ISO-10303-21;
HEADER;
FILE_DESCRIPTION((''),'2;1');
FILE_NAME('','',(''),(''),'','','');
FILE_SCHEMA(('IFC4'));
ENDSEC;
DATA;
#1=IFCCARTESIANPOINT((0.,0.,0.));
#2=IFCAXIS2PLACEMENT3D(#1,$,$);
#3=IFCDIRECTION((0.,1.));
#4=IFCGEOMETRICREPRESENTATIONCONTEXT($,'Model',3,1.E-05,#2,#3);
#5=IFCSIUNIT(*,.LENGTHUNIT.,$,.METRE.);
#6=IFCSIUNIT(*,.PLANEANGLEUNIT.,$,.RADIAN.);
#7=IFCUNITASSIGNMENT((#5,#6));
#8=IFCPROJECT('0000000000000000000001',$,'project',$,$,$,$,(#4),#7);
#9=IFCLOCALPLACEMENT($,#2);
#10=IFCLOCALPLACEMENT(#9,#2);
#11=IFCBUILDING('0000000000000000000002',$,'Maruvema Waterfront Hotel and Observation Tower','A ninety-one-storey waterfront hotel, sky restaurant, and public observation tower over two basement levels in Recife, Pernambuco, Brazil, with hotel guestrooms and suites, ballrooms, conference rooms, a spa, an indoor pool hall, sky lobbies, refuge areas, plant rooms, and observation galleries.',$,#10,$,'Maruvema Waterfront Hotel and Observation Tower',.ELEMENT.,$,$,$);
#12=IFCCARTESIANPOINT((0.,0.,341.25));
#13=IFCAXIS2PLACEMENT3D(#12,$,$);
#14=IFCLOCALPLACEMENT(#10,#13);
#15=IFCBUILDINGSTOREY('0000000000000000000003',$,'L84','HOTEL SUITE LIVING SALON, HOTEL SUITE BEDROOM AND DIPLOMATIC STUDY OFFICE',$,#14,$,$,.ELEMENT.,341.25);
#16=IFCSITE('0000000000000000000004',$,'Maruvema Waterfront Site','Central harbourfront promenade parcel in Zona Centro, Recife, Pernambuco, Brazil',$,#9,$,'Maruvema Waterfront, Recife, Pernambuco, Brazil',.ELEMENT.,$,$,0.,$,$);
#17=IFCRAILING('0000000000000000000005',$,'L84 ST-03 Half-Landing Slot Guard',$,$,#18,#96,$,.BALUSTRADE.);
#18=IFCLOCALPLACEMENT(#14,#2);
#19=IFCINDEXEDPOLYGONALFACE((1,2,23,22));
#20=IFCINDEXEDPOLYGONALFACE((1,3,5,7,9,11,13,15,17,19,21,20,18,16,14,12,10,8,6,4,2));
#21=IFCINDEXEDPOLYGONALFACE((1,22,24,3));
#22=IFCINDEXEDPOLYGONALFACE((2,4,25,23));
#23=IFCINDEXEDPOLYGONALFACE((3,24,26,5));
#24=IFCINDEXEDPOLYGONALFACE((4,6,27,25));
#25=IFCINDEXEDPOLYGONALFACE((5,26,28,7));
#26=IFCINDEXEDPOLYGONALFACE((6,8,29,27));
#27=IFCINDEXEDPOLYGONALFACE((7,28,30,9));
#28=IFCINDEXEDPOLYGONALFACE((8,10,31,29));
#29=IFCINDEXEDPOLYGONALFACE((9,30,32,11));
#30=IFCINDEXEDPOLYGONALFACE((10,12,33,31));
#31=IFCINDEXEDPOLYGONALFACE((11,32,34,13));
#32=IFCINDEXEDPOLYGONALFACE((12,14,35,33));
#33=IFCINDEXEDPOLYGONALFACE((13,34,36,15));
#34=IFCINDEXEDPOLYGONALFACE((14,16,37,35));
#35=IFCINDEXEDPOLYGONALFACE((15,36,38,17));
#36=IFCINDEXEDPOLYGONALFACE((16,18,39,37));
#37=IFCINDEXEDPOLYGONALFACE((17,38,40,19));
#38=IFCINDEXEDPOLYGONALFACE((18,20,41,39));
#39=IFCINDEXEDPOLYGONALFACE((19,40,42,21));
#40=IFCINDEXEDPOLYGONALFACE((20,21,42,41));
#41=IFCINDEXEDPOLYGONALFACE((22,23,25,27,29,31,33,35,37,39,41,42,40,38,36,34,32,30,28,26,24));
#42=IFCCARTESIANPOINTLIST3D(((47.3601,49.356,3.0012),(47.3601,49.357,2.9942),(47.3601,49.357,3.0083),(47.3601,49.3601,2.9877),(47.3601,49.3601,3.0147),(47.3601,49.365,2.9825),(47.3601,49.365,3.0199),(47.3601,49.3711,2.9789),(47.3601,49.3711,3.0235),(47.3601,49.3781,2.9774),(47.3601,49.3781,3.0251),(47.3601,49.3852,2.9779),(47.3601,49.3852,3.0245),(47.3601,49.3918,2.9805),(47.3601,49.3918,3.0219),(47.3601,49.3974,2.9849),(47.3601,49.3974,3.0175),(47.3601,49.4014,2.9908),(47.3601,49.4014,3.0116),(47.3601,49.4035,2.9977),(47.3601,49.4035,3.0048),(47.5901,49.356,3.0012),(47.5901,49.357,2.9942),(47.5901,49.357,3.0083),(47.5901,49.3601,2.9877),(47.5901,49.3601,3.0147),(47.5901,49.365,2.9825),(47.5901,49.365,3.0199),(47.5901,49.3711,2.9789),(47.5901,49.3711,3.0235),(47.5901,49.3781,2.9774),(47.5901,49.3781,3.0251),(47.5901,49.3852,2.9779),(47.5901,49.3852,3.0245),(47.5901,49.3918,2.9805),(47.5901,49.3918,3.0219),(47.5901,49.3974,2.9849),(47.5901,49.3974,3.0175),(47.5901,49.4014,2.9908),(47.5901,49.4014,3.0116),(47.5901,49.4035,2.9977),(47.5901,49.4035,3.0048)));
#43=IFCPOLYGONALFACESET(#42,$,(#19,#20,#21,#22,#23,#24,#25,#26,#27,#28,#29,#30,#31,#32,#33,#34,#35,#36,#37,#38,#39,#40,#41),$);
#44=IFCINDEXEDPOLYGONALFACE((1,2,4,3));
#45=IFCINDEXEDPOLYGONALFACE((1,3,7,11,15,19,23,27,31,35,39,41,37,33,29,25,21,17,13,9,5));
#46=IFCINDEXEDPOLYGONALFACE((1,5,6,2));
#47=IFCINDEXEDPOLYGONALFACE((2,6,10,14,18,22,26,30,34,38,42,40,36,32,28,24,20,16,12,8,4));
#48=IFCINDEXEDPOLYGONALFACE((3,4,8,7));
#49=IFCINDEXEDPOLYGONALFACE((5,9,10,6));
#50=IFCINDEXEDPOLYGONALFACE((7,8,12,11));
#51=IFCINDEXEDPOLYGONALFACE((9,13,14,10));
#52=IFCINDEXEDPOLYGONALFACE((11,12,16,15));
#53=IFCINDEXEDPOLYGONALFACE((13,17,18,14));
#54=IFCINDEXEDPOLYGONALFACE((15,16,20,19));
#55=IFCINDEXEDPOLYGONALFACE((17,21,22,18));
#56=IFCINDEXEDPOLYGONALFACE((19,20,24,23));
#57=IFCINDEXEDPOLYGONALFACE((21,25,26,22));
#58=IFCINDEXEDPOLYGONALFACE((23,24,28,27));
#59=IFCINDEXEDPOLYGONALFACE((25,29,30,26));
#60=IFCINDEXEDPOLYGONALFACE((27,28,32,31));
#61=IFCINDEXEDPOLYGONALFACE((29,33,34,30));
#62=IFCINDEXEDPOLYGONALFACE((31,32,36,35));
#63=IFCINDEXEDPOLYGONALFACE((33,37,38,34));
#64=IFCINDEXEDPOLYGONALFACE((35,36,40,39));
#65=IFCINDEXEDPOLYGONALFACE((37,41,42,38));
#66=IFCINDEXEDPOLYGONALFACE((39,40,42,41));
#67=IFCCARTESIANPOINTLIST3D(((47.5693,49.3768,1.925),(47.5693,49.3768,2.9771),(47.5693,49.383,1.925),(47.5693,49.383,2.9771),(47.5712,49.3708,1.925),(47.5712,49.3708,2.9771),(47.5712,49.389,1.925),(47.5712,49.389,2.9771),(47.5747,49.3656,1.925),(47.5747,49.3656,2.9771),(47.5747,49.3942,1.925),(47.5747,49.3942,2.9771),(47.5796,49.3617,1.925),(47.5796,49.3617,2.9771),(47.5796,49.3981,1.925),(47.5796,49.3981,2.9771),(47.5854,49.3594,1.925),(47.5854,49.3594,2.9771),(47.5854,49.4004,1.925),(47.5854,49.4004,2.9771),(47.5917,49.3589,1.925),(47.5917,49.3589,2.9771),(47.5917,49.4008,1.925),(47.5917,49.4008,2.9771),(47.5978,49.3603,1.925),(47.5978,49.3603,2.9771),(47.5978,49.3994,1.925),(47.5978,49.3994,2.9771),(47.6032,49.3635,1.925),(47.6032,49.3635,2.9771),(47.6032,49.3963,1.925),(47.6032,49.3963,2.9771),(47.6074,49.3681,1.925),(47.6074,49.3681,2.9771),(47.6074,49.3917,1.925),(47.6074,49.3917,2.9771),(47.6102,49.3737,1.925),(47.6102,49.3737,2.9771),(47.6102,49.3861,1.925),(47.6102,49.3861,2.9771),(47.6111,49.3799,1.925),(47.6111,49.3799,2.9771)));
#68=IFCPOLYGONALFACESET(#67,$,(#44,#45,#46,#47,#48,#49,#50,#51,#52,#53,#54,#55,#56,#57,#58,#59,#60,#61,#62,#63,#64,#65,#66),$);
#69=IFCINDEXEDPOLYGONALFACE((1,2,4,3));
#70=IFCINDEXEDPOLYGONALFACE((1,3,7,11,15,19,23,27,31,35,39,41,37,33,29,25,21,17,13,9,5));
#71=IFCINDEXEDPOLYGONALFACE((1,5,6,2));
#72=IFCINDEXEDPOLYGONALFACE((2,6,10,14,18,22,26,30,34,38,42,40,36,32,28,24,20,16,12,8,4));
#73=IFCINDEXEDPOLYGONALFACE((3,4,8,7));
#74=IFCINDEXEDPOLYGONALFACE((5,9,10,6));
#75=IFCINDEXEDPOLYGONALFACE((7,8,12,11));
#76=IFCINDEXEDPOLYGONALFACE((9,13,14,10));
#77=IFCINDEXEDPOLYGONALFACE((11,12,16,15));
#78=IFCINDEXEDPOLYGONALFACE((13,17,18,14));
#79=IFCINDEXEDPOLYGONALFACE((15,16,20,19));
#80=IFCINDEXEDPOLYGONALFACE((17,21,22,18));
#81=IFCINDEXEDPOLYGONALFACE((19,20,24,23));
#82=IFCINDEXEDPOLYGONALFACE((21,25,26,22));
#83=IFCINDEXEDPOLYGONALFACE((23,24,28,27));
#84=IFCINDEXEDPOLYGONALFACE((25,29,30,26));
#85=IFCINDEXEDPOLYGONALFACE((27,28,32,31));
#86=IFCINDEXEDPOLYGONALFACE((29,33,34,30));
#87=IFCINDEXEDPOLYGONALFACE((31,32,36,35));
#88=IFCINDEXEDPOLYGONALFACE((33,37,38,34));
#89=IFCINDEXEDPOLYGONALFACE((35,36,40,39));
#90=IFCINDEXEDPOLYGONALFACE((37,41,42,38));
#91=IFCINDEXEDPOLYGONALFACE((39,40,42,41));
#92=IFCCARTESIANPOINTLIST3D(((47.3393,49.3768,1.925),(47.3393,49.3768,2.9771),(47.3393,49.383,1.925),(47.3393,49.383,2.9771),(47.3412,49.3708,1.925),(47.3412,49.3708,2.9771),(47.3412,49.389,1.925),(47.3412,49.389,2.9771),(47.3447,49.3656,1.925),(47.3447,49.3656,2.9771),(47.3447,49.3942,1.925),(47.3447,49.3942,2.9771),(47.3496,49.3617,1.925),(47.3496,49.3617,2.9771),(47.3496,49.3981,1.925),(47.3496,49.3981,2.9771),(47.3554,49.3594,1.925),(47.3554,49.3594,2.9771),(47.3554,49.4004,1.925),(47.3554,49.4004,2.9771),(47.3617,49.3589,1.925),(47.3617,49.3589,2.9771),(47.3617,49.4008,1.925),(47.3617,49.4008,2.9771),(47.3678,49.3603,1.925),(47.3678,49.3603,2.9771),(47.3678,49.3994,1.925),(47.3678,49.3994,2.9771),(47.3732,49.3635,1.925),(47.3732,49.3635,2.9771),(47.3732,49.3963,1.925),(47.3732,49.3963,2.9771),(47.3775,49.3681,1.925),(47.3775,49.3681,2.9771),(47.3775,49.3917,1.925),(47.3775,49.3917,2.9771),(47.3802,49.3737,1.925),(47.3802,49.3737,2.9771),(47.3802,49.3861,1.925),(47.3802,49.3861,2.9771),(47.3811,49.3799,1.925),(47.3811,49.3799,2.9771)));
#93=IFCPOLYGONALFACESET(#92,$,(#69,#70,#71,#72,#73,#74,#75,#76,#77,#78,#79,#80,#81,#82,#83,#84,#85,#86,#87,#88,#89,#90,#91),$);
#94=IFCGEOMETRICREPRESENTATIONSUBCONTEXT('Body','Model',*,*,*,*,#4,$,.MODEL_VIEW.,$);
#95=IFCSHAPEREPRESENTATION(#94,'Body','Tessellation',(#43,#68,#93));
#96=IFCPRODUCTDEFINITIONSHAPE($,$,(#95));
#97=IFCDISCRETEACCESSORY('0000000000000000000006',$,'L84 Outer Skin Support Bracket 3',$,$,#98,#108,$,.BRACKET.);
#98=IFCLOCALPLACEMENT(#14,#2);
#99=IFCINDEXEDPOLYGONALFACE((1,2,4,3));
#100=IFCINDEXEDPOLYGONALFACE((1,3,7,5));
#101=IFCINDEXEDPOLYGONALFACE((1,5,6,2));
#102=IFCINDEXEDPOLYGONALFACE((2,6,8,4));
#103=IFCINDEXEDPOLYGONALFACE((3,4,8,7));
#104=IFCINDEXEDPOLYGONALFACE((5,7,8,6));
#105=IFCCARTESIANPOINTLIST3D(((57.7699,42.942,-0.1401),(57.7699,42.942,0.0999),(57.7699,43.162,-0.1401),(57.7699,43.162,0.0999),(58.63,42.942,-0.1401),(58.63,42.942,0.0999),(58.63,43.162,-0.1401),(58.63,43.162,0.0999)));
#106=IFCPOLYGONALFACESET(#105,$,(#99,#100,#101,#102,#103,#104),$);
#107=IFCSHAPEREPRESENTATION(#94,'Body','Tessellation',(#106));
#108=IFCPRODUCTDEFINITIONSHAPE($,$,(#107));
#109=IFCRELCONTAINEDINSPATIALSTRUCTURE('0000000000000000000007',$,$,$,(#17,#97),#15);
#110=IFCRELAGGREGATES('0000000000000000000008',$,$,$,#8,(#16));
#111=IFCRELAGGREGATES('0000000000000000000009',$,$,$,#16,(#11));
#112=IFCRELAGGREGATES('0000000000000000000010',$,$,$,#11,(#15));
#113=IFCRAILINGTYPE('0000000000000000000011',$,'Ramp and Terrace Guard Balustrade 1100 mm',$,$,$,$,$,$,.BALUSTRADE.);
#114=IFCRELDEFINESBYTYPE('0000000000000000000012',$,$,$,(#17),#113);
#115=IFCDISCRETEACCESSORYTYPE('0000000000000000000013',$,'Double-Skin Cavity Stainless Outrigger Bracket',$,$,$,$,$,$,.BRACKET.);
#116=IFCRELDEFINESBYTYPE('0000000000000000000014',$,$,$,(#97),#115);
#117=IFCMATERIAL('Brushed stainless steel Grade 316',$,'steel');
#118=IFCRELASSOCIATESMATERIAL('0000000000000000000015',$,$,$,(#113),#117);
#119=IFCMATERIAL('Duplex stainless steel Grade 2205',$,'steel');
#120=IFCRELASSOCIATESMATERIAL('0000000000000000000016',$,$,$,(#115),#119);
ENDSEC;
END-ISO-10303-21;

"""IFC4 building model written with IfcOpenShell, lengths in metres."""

from ifc_helpers import new_model, si_unit, direction, frame, origin, origin_2d, place, context, subcontext, project, spatial, rectangle, circle, extrude, material, type_object, element, save


model = new_model("IFC4")

# Units and contexts
model_context = context("Model", 3, precision=1e-05, world=origin(), true_north=direction((0.0, 1.0)))
body_context = subcontext(model_context, "Body", "Model", "MODEL_VIEW")
ifc_project = project(units=[si_unit("LENGTHUNIT", "METRE"), si_unit("PLANEANGLEUNIT", "RADIAN")], contexts=[model_context])

# Site, building, storey
site_placement = place(None, origin())
site = spatial("IfcSite", under=ifc_project, at=site_placement, Name="Maruvema Waterfront Site", Description="Central harbourfront promenade parcel in Zona Centro, Recife, Pernambuco, Brazil", LongName="Maruvema Waterfront, Recife, Pernambuco, Brazil", CompositionType="ELEMENT", RefElevation=0.0)
building_placement = place(site_placement, origin())
building = spatial("IfcBuilding", under=site, at=building_placement, Name="Maruvema Waterfront Hotel and Observation Tower", Description="A ninety-one-storey waterfront hotel, sky restaurant, and public observation tower over two basement levels in Recife, Pernambuco, Brazil, with hotel guestrooms and suites, ballrooms, conference rooms, a spa, an indoor pool hall, sky lobbies, refuge areas, plant rooms, and observation galleries.", LongName="Maruvema Waterfront Hotel and Observation Tower", CompositionType="ELEMENT")
storey_placement = place(building_placement, frame((0.0, 0.0, 341.25)))
storey = spatial("IfcBuildingStorey", under=building, at=storey_placement, Name="L84", Description="HOTEL SUITE LIVING SALON, HOTEL SUITE BEDROOM AND DIPLOMATIC STUDY OFFICE", CompositionType="ELEMENT", Elevation=341.25)

# Railing
ifc_material_1 = material(Name="Brushed stainless steel Grade 316", Category="steel")
railing_type_1 = type_object("IfcRailingType", Name="Ramp and Terrace Guard Balustrade 1100 mm", PredefinedType="BALUSTRADE", material=ifc_material_1)
railing_1_placement = place(storey_placement, frame((47.5901, 49.3799, 1.925)))
element("IfcRailing", 1, at=railing_1_placement, inside=storey, type_object=railing_type_1, Name="L84 ST-03 Half-Landing Slot Guard", PredefinedType="BALUSTRADE", context=body_context, shape_type="SweptSolid", body=[
    extrude(circle(Radius=0.0239, at=origin_2d()), frame((0.0, 0.0, 1.0762), z_axis=(-1.0, 0.0, 0.0), x_axis=(0.0, -1.0, 0.0)), (0.0, 0.0, 1.0), 0.23),
    extrude(circle(Radius=0.021, at=origin_2d()), origin(), (0.0, 0.0, 1.0), 1.052),
    extrude(circle(Radius=0.021, at=origin_2d()), frame((-0.23, 0.0, 0.0)), (0.0, 0.0, 1.0), 1.052),
])

# Discrete accessory
ifc_material_2 = material(Name="Duplex stainless steel Grade 2205", Category="steel")
discrete_accessory_type = type_object("IfcDiscreteAccessoryType", Name="Double-Skin Cavity Stainless Outrigger Bracket", PredefinedType="BRACKET", material=ifc_material_2)
discrete_accessory_placement = place(storey_placement, frame((58.2, 43.052, -0.1401), z_axis=(0.0, 0.0, 1.0), x_axis=(0.0, 1.0, 0.0)))
element("IfcDiscreteAccessory", 2, at=discrete_accessory_placement, inside=storey, type_object=discrete_accessory_type, Name="L84 Outer Skin Support Bracket 3", PredefinedType="BRACKET", context=body_context, shape_type="SweptSolid", body=[
    extrude(rectangle(XDim=0.22, YDim=0.8601, at=origin_2d()), origin(), (0.0, 0.0, 1.0), 0.24),
])

save(model, "model.ifc")
